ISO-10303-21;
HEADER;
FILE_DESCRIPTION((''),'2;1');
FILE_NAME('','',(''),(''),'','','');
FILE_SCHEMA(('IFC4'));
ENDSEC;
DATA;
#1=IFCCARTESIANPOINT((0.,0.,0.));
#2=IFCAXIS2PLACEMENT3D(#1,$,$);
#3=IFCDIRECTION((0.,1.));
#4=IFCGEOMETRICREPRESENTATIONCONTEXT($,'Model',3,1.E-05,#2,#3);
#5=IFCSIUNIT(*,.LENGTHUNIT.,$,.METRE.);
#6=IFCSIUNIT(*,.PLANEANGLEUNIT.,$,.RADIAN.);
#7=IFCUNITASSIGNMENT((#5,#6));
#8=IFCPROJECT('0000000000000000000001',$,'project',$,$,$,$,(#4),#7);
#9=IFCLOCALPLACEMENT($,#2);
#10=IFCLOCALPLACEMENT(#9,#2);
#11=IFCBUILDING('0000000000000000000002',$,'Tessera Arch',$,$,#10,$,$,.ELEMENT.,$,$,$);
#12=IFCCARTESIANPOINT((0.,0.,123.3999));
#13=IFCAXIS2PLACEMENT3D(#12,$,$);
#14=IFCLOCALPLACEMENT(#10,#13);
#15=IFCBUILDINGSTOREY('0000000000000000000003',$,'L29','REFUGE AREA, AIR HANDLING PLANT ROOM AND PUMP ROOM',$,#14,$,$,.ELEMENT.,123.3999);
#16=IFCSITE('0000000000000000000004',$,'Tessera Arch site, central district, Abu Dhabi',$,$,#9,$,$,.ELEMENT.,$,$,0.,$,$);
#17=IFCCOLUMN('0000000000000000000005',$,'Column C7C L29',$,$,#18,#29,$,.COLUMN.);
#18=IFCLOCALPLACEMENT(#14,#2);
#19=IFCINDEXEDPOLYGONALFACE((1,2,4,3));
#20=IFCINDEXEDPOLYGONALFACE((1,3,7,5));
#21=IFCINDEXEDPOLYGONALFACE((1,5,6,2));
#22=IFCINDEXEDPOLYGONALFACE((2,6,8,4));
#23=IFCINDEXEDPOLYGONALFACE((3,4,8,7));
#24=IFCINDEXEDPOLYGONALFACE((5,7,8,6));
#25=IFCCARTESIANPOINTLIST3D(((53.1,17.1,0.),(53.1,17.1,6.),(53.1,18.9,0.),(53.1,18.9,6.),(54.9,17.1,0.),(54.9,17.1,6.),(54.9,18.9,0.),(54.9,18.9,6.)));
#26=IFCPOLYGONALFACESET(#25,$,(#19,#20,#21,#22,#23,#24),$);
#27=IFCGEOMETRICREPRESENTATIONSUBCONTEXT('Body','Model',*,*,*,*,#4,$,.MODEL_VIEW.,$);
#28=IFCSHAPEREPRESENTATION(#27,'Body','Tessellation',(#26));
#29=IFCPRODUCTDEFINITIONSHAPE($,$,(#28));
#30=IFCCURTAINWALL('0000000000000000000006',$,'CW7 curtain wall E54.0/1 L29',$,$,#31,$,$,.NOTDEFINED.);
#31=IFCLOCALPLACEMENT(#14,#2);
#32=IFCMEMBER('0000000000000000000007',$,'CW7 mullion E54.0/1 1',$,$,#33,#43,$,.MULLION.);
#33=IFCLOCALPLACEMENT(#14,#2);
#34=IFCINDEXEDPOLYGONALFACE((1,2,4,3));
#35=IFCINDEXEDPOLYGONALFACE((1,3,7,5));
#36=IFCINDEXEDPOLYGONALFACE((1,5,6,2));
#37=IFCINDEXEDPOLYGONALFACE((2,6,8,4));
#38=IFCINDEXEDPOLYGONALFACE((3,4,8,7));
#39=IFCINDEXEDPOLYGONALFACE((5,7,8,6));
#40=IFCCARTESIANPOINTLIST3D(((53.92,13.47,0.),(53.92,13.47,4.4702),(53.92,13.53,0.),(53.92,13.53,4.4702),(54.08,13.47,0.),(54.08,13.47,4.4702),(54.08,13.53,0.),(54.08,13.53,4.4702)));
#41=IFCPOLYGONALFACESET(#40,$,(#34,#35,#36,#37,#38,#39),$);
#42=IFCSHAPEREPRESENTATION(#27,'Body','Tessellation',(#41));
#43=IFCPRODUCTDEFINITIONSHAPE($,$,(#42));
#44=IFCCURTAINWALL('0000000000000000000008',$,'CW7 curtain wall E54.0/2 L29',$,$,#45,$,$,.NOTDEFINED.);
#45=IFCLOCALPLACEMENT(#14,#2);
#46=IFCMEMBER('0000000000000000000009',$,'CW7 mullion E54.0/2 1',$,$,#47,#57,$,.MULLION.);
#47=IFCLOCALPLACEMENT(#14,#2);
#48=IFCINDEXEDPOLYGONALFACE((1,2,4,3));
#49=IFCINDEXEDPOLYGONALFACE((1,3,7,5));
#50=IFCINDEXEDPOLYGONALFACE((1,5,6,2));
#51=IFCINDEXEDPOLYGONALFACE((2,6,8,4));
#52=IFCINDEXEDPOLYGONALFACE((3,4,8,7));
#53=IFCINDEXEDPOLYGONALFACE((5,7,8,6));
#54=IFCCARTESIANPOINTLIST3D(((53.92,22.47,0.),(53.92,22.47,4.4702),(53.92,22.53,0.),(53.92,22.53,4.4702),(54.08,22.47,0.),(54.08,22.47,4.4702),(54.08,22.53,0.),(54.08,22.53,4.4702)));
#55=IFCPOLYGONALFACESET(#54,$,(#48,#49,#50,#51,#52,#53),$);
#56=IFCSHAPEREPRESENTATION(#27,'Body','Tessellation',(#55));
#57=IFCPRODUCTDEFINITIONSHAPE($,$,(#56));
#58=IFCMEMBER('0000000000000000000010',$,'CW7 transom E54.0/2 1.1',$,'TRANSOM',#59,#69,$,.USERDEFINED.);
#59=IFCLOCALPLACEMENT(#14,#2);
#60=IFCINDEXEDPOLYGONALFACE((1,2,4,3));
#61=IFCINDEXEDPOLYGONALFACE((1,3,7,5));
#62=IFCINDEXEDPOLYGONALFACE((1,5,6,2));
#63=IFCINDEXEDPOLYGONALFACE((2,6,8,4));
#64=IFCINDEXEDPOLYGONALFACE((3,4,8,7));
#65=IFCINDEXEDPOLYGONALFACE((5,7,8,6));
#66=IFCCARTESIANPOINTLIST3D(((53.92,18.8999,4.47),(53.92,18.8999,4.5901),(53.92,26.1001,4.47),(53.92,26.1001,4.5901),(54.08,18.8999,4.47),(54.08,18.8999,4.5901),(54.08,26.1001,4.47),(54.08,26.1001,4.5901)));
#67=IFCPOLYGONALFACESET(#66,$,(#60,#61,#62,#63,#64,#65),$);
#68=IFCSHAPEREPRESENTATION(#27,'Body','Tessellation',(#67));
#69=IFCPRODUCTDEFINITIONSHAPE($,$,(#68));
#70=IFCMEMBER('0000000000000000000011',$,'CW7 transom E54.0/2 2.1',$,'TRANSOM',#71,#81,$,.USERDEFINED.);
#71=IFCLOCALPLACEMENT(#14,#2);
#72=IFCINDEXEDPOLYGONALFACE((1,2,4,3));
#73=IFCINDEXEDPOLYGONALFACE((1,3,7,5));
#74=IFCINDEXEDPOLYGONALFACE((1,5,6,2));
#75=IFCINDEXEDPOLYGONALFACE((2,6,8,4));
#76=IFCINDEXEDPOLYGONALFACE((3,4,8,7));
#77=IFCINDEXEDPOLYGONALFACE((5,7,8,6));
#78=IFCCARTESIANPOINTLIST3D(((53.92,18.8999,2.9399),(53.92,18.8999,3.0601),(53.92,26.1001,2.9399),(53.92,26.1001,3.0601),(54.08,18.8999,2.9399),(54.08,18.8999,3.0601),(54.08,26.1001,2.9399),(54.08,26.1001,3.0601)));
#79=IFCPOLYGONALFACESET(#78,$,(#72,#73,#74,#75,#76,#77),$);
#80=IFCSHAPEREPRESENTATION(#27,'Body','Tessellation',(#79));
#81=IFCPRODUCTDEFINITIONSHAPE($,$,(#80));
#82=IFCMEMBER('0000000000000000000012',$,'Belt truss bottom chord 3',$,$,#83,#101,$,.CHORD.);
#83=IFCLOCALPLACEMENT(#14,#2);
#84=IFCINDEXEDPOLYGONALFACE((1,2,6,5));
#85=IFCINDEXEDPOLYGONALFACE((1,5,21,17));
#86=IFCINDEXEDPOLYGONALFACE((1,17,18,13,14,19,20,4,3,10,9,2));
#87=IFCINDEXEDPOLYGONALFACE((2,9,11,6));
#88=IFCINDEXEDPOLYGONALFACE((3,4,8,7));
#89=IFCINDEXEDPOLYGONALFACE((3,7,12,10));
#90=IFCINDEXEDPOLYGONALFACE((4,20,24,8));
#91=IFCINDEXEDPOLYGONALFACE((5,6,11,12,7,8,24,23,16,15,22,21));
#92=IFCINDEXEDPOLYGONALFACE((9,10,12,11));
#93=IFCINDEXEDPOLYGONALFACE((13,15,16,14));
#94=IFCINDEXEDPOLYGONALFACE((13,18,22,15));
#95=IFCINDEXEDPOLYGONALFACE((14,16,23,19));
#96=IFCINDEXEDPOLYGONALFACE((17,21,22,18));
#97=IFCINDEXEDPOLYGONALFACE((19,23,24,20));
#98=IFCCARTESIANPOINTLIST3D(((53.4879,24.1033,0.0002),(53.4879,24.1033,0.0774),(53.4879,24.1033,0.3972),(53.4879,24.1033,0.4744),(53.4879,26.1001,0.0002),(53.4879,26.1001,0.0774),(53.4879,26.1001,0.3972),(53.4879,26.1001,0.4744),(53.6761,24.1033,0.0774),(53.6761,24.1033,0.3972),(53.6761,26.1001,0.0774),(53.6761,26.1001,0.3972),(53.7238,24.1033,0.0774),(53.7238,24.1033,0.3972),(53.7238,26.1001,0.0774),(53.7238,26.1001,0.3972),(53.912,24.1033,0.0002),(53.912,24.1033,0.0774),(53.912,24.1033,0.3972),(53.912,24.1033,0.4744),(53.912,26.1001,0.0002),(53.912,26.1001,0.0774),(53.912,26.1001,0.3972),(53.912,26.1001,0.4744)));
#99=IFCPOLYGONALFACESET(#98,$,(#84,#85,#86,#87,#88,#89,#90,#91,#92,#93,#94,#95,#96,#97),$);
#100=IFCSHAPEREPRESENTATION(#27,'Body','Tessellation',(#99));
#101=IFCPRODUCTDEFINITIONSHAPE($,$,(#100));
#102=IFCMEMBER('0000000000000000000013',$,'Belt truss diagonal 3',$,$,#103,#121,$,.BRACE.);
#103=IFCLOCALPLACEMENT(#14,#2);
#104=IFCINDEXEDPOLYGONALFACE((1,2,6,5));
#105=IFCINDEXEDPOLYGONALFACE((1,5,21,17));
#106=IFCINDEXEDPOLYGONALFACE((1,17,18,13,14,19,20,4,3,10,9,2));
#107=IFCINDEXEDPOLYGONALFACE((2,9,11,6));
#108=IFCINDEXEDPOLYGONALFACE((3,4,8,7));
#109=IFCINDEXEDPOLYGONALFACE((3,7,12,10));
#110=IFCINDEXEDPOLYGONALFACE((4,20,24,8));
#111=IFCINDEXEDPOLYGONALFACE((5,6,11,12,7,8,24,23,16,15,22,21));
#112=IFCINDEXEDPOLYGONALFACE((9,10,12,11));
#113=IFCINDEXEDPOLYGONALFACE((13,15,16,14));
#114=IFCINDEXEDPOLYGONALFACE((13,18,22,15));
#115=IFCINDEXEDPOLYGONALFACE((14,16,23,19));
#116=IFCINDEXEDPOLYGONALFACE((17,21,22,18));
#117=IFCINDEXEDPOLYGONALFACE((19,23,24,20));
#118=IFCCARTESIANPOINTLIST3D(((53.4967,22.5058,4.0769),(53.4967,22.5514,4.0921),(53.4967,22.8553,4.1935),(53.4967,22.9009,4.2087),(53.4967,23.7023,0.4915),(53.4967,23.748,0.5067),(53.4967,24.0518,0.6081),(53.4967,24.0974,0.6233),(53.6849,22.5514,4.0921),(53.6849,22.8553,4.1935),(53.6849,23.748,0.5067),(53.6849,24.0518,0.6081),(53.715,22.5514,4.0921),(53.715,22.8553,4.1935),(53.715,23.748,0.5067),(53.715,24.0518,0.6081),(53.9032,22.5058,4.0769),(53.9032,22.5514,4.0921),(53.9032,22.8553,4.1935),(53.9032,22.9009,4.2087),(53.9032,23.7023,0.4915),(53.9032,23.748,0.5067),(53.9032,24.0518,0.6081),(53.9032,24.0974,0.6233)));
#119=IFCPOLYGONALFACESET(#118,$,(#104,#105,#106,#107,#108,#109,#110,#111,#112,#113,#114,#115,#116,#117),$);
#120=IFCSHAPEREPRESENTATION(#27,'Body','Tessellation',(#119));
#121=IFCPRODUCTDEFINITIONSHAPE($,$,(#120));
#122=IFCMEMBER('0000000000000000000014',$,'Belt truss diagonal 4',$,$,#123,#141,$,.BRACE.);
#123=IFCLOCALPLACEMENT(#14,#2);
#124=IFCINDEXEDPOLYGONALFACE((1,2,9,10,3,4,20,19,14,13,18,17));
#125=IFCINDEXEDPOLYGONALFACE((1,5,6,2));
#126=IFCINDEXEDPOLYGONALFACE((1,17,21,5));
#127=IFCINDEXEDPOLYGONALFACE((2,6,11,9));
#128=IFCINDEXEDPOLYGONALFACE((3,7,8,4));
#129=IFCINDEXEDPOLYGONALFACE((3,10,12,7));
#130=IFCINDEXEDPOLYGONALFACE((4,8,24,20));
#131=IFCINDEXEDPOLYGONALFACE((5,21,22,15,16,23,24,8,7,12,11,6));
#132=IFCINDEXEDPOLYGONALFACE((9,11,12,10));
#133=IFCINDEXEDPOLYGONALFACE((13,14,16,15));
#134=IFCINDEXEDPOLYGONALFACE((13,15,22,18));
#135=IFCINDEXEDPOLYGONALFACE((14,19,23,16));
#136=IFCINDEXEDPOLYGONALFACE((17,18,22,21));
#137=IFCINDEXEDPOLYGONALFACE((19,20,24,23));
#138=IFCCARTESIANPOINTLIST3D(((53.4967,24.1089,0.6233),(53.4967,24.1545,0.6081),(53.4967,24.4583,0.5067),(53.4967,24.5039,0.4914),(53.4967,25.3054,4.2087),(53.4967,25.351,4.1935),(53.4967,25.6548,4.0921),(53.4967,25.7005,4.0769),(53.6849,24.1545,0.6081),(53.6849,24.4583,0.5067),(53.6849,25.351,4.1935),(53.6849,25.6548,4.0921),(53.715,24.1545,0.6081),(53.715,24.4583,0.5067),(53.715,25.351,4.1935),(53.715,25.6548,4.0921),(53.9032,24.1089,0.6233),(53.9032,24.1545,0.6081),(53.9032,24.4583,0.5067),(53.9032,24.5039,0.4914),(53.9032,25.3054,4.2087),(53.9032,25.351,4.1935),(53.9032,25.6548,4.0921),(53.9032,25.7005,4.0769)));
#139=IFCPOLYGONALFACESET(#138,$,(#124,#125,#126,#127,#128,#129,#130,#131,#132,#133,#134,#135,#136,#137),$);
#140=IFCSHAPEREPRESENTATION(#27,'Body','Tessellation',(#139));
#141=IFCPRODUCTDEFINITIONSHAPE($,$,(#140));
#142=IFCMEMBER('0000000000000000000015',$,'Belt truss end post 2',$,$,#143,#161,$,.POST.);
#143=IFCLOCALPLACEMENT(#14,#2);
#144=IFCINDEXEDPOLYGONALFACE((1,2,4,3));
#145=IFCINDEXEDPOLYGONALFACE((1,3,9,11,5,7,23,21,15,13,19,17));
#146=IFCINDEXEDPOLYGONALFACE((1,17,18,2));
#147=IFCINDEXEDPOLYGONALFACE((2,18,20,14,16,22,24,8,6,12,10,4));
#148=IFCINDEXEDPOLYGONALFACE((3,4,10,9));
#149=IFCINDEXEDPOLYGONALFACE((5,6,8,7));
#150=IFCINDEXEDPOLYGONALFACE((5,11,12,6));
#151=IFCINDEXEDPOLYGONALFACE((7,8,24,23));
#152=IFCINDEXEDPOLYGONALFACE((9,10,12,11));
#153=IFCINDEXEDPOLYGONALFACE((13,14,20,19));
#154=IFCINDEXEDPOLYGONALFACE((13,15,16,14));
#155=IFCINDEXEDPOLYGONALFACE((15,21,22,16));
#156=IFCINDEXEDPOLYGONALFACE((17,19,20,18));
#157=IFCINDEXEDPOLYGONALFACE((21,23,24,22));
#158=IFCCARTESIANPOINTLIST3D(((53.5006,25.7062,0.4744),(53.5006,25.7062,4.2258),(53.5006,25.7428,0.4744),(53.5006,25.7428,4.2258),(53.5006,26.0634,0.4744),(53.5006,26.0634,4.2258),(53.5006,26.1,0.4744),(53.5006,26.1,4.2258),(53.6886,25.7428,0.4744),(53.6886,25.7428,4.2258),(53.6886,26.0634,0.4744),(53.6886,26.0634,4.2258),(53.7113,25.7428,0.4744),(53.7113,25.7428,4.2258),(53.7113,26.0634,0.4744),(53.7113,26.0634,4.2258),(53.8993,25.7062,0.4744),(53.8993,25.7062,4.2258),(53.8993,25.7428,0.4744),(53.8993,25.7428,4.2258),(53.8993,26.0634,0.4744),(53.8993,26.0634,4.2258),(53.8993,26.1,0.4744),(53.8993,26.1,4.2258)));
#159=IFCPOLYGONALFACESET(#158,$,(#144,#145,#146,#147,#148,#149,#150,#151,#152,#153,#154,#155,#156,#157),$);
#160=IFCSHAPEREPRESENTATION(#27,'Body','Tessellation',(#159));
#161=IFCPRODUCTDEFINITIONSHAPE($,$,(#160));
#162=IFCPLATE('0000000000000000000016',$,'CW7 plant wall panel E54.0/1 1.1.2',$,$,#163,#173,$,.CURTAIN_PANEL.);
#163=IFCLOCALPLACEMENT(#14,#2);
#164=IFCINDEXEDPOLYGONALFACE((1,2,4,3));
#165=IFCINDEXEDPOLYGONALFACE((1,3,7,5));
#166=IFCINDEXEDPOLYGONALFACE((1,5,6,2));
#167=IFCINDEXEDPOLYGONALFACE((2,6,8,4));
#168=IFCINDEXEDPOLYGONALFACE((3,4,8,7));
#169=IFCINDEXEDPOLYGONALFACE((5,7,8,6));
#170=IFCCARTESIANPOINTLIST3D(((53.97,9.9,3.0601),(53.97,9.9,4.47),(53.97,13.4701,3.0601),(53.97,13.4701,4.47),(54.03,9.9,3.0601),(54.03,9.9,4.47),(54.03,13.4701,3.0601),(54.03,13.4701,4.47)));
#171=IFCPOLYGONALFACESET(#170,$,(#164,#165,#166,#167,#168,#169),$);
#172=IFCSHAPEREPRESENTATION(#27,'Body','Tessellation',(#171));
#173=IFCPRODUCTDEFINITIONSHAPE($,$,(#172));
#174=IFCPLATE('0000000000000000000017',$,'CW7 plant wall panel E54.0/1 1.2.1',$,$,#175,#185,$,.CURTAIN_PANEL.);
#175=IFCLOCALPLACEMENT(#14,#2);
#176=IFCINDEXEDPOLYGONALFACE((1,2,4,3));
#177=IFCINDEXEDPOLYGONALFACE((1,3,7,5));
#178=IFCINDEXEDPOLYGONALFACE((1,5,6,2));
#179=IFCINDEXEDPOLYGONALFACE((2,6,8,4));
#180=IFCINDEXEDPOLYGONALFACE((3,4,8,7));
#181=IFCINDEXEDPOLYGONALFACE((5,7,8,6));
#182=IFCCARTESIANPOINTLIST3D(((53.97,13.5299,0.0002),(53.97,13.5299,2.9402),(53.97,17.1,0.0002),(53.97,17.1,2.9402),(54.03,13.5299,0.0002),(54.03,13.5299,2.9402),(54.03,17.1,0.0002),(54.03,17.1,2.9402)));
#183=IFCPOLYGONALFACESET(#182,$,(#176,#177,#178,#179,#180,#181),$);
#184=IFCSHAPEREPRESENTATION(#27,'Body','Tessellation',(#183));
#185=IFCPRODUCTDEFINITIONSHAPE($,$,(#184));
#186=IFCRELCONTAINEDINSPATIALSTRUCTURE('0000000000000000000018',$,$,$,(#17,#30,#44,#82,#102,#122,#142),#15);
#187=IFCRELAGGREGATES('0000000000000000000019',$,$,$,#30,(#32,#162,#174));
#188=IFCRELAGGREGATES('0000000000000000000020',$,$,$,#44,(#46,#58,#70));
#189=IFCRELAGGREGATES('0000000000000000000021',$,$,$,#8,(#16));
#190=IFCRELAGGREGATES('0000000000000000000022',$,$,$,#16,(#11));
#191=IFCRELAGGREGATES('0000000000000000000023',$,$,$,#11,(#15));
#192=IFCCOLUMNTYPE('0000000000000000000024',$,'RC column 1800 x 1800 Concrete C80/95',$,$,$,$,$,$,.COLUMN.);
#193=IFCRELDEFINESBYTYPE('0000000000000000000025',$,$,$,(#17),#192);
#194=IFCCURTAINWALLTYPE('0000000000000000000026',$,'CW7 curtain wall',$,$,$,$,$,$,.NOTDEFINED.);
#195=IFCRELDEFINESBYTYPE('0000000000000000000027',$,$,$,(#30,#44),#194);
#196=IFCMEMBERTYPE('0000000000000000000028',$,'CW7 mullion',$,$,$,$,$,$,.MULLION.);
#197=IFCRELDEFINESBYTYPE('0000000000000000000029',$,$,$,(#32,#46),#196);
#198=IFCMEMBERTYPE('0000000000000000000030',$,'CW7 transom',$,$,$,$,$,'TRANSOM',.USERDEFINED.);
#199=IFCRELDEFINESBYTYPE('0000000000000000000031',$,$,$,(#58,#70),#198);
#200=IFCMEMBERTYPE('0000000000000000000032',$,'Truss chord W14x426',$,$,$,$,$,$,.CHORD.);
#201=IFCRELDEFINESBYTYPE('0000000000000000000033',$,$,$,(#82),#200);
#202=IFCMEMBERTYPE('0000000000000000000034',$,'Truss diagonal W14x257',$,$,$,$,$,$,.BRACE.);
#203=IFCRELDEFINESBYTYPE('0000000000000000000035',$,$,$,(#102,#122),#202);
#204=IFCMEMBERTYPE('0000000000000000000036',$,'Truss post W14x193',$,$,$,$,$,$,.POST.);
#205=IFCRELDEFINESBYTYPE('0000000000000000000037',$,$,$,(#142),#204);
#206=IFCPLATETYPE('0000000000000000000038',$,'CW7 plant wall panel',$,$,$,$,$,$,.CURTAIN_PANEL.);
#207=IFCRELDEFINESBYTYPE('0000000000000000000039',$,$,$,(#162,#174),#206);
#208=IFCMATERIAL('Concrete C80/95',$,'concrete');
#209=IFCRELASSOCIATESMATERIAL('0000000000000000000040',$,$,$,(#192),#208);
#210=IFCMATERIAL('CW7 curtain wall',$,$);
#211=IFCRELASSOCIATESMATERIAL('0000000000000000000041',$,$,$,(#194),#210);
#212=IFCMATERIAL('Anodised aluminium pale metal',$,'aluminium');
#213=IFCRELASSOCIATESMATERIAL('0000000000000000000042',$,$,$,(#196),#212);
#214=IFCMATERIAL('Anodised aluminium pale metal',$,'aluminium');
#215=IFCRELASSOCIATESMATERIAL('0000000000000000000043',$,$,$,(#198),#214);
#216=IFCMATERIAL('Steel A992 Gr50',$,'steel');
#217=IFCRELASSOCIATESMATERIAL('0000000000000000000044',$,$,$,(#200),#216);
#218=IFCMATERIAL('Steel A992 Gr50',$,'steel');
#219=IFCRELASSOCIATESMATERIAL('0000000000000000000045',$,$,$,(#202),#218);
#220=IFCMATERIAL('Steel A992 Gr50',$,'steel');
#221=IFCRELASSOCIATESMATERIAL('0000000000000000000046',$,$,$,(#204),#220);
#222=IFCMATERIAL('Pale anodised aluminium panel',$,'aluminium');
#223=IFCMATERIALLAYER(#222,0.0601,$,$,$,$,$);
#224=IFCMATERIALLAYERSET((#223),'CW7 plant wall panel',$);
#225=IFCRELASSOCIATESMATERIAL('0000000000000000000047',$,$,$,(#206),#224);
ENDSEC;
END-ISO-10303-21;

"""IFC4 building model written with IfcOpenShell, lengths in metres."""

from ifc_helpers import new_model, si_unit, direction, frame, origin, origin_2d, place, context, subcontext, project, spatial, rectangle, i_section, extrude, material, layer, layer_set, material_profile, profile_set, type_object, element, aggregate, save


model = new_model("IFC4")

# Units and contexts
model_context = context("Model", 3, precision=1e-05, world=origin(), true_north=direction((0.0, 1.0)))
body_context = subcontext(model_context, "Body", "Model", "MODEL_VIEW")
ifc_project = project(units=[si_unit("LENGTHUNIT", "METRE"), si_unit("PLANEANGLEUNIT", "RADIAN")], contexts=[model_context])

# Site, building, storey
site_placement = place(None, origin())
site = spatial("IfcSite", under=ifc_project, at=site_placement, Name="Tessera Arch site, central district, Abu Dhabi", CompositionType="ELEMENT", RefElevation=0.0)
building_placement = place(site_placement, origin())
building = spatial("IfcBuilding", under=site, at=building_placement, Name="Tessera Arch", CompositionType="ELEMENT")
storey_placement = place(building_placement, frame((0.0, 0.0, 123.3999)))
storey = spatial("IfcBuildingStorey", under=building, at=storey_placement, Name="L29", Description="REFUGE AREA, AIR HANDLING PLANT ROOM AND PUMP ROOM", CompositionType="ELEMENT", Elevation=123.3999)

# Column
ifc_material_1 = material(Name="Concrete C80/95", Category="concrete")
ifc_material_profile_1 = material_profile(ifc_material_1, rectangle(XDim=1.8, YDim=1.8, at=origin_2d()), Name="RC column 1800 x 1800 Concrete C80/95")
ifc_profile_set_1 = profile_set([ifc_material_profile_1], Name="Concrete C80/95")
column_type = type_object("IfcColumnType", Name="RC column 1800 x 1800 Concrete C80/95", PredefinedType="COLUMN", material=ifc_profile_set_1)
column_placement = place(storey_placement, frame((54.0, 18.0, 0.0), z_axis=(0.0, 0.0, 1.0), x_axis=(1.0, 0.0, 0.0)))
element("IfcColumn", 1, at=column_placement, inside=storey, type_object=column_type, Name="Column C7C L29", PredefinedType="COLUMN", context=body_context, shape_type="SweptSolid", body=[
    extrude(rectangle(XDim=1.8, YDim=1.8, at=origin_2d()), origin(), (0.0, 0.0, 1.0), 6.0),
])

# Curtain wall, member
ifc_material_2 = material(Name="CW7 curtain wall")
curtain_wall_type = type_object("IfcCurtainWallType", Name="CW7 curtain wall", PredefinedType="NOTDEFINED", material=ifc_material_2)
curtain_wall_1_placement = place(storey_placement, origin())
curtain_wall_1 = element("IfcCurtainWall", 2, at=curtain_wall_1_placement, inside=storey, type_object=curtain_wall_type, Name="CW7 curtain wall E54.0/1 L29", PredefinedType="NOTDEFINED")
ifc_material_3 = material(Name="Anodised aluminium pale metal", Category="aluminium")
ifc_material_profile_2 = material_profile(ifc_material_3, rectangle(XDim=0.1599, YDim=0.0601, at=origin_2d()), Name="AL 60x160")
ifc_profile_set_2 = profile_set([ifc_material_profile_2], Name="Anodised aluminium pale metal")
member_type_1 = type_object("IfcMemberType", Name="CW7 mullion", PredefinedType="MULLION", material=ifc_profile_set_2)
member_1_placement = place(storey_placement, frame((54.0, 13.5, 0.0), z_axis=(0.0, 0.0, 1.0), x_axis=(-1.0, 0.0, 0.0)))
member_1 = element("IfcMember", 3, at=member_1_placement, type_object=member_type_1, Name="CW7 mullion E54.0/1 1", PredefinedType="MULLION", context=body_context, shape_type="SweptSolid", body=[
    extrude(rectangle(XDim=0.1599, YDim=0.0601, at=origin_2d()), origin(), (0.0, 0.0, 1.0), 4.4702),
])

# Curtain wall, members
curtain_wall_2_placement = place(storey_placement, origin())
curtain_wall_2 = element("IfcCurtainWall", 4, at=curtain_wall_2_placement, inside=storey, type_object=curtain_wall_type, Name="CW7 curtain wall E54.0/2 L29", PredefinedType="NOTDEFINED")
member_2_placement = place(storey_placement, frame((54.0, 22.5, 0.0), z_axis=(0.0, 0.0, 1.0), x_axis=(-1.0, 0.0, 0.0)))
member_2 = element("IfcMember", 5, at=member_2_placement, type_object=member_type_1, Name="CW7 mullion E54.0/2 1", PredefinedType="MULLION", context=body_context, shape_type="SweptSolid", body=[
    extrude(rectangle(XDim=0.1599, YDim=0.0601, at=origin_2d()), origin(), (0.0, 0.0, 1.0), 4.4702),
])
ifc_material_4 = material(Name="Anodised aluminium pale metal", Category="aluminium")
ifc_material_profile_3 = material_profile(ifc_material_4, rectangle(XDim=0.1599, YDim=0.1201, at=origin_2d()), Name="AL 160x120")
ifc_profile_set_3 = profile_set([ifc_material_profile_3], Name="Anodised aluminium pale metal")
member_type_2 = type_object("IfcMemberType", Name="CW7 transom", ElementType="TRANSOM", PredefinedType="USERDEFINED", material=ifc_profile_set_3)
member_3_placement = place(storey_placement, frame((54.0, 18.8999, 4.53), z_axis=(0.0, 1.0, 0.0), x_axis=(-1.0, 0.0, 0.0)))
member_3 = element("IfcMember", 6, at=member_3_placement, type_object=member_type_2, Name="CW7 transom E54.0/2 1.1", ObjectType="TRANSOM", PredefinedType="USERDEFINED", context=body_context, shape_type="SweptSolid", body=[
    extrude(rectangle(XDim=0.1599, YDim=0.1201, at=origin_2d()), origin(), (0.0, 0.0, 1.0), 7.2002),
])
member_4_placement = place(storey_placement, frame((54.0, 18.8999, 3.0), z_axis=(0.0, 1.0, 0.0), x_axis=(-1.0, 0.0, 0.0)))
member_4 = element("IfcMember", 7, at=member_4_placement, type_object=member_type_2, Name="CW7 transom E54.0/2 2.1", ObjectType="TRANSOM", PredefinedType="USERDEFINED", context=body_context, shape_type="SweptSolid", body=[
    extrude(rectangle(XDim=0.1599, YDim=0.1201, at=origin_2d()), origin(), (0.0, 0.0, 1.0), 7.2002),
])

# Members
ifc_material_5 = material(Name="Steel A992 Gr50", Category="steel")
ifc_material_profile_4 = material_profile(ifc_material_5, i_section(OverallWidth=0.4241, OverallDepth=0.4741, WebThickness=0.0476, FlangeThickness=0.0771, at=origin_2d()), Name="W14x426")
ifc_profile_set_4 = profile_set([ifc_material_profile_4], Name="Steel A992 Gr50")
member_type_3 = type_object("IfcMemberType", Name="Truss chord W14x426", PredefinedType="CHORD", material=ifc_profile_set_4)
member_5_placement = place(storey_placement, frame((53.7, 24.1033, 0.2373), z_axis=(0.0, 1.0, 0.0), x_axis=(-1.0, 0.0, 0.0)))
element("IfcMember", 8, at=member_5_placement, inside=storey, type_object=member_type_3, Name="Belt truss bottom chord 3", PredefinedType="CHORD", context=body_context, shape_type="SweptSolid", body=[
    extrude(i_section(OverallWidth=0.4241, OverallDepth=0.4741, WebThickness=0.0476, FlangeThickness=0.0771, at=origin_2d()), origin(), (0.0, 0.0, 1.0), 1.9968),
])
ifc_material_6 = material(Name="Steel A992 Gr50", Category="steel")
ifc_material_profile_5 = material_profile(ifc_material_6, i_section(OverallWidth=0.4065, OverallDepth=0.4165, WebThickness=0.03, FlangeThickness=0.0481, at=origin_2d()), Name="W14x257")
ifc_profile_set_5 = profile_set([ifc_material_profile_5], Name="Steel A992 Gr50")
member_type_4 = type_object("IfcMemberType", Name="Truss diagonal W14x257", PredefinedType="BRACE", material=ifc_profile_set_5)
for number, where, z_axis, x_axis, name in (
    (9, (53.7, 22.7034, 4.1428), (0.0, 0.316557, -0.948573), (-1.0, 0.0, 0.0), "Belt truss diagonal 3"),
    (10, (53.7, 24.3064, 0.5574), (0.0, 0.316557, 0.948573), (-1.0, 0.0, 0.0), "Belt truss diagonal 4"),
):
    element("IfcMember", number, at=place(storey_placement, frame(where, z_axis=z_axis, x_axis=x_axis)), inside=storey, type_object=member_type_4, Name=name, PredefinedType="BRACE", context=body_context, shape_type="SweptSolid", body=[
        extrude(i_section(OverallWidth=0.4065, OverallDepth=0.4165, WebThickness=0.03, FlangeThickness=0.0481, at=origin_2d()), origin(), (0.0, 0.0, 1.0), 3.7798),
    ])
ifc_material_7 = material(Name="Steel A992 Gr50", Category="steel")
ifc_material_profile_6 = material_profile(ifc_material_7, i_section(OverallWidth=0.3987, OverallDepth=0.3938, WebThickness=0.0227, FlangeThickness=0.0366, at=origin_2d()), Name="W14x193")
ifc_profile_set_6 = profile_set([ifc_material_profile_6], Name="Steel A992 Gr50")
member_type_5 = type_object("IfcMemberType", Name="Truss post W14x193", PredefinedType="POST", material=ifc_profile_set_6)
member_6_placement = place(storey_placement, frame((53.7, 25.9031, 0.4744), z_axis=(0.0, 0.0, 1.0), x_axis=(1.0, 0.0, 0.0)))
element("IfcMember", 11, at=member_6_placement, inside=storey, type_object=member_type_5, Name="Belt truss end post 2", PredefinedType="POST", context=body_context, shape_type="SweptSolid", body=[
    extrude(i_section(OverallWidth=0.3987, OverallDepth=0.3938, WebThickness=0.0227, FlangeThickness=0.0366, at=origin_2d()), origin(), (0.0, 0.0, 1.0), 3.7515),
])

# Plates
ifc_material_8 = material(Name="Pale anodised aluminium panel", Category="aluminium")
ifc_layer_1 = layer(ifc_material_8, 0.0601)
ifc_layer_set_1 = layer_set([ifc_layer_1], Name="CW7 plant wall panel")
plate_type_1 = type_object("IfcPlateType", Name="CW7 plant wall panel", PredefinedType="CURTAIN_PANEL", material=ifc_layer_set_1)
plate_1_placement = place(storey_placement, frame((54.0, 11.6851, 3.0601), z_axis=(0.0, 0.0, 1.0), x_axis=(0.0, 1.0, 0.0)))
plate_1 = element("IfcPlate", 12, at=plate_1_placement, type_object=plate_type_1, Name="CW7 plant wall panel E54.0/1 1.1.2", PredefinedType="CURTAIN_PANEL", context=body_context, shape_type="SweptSolid", body=[
    extrude(rectangle(XDim=3.5701, YDim=0.0601, at=origin_2d()), origin(), (0.0, 0.0, 1.0), 1.4099),
])
plate_2_placement = place(storey_placement, frame((54.0, 15.3149, 0.0002), z_axis=(0.0, 0.0, 1.0), x_axis=(0.0, 1.0, 0.0)))
plate_2 = element("IfcPlate", 13, at=plate_2_placement, type_object=plate_type_1, Name="CW7 plant wall panel E54.0/1 1.2.1", PredefinedType="CURTAIN_PANEL", context=body_context, shape_type="SweptSolid", body=[
    extrude(rectangle(XDim=3.5701, YDim=0.0601, at=origin_2d()), origin(), (0.0, 0.0, 1.0), 2.9399),
])
aggregate(curtain_wall_1, [member_1, plate_1, plate_2])
aggregate(curtain_wall_2, [member_2, member_3, member_4])

save(model, "model.ifc")
